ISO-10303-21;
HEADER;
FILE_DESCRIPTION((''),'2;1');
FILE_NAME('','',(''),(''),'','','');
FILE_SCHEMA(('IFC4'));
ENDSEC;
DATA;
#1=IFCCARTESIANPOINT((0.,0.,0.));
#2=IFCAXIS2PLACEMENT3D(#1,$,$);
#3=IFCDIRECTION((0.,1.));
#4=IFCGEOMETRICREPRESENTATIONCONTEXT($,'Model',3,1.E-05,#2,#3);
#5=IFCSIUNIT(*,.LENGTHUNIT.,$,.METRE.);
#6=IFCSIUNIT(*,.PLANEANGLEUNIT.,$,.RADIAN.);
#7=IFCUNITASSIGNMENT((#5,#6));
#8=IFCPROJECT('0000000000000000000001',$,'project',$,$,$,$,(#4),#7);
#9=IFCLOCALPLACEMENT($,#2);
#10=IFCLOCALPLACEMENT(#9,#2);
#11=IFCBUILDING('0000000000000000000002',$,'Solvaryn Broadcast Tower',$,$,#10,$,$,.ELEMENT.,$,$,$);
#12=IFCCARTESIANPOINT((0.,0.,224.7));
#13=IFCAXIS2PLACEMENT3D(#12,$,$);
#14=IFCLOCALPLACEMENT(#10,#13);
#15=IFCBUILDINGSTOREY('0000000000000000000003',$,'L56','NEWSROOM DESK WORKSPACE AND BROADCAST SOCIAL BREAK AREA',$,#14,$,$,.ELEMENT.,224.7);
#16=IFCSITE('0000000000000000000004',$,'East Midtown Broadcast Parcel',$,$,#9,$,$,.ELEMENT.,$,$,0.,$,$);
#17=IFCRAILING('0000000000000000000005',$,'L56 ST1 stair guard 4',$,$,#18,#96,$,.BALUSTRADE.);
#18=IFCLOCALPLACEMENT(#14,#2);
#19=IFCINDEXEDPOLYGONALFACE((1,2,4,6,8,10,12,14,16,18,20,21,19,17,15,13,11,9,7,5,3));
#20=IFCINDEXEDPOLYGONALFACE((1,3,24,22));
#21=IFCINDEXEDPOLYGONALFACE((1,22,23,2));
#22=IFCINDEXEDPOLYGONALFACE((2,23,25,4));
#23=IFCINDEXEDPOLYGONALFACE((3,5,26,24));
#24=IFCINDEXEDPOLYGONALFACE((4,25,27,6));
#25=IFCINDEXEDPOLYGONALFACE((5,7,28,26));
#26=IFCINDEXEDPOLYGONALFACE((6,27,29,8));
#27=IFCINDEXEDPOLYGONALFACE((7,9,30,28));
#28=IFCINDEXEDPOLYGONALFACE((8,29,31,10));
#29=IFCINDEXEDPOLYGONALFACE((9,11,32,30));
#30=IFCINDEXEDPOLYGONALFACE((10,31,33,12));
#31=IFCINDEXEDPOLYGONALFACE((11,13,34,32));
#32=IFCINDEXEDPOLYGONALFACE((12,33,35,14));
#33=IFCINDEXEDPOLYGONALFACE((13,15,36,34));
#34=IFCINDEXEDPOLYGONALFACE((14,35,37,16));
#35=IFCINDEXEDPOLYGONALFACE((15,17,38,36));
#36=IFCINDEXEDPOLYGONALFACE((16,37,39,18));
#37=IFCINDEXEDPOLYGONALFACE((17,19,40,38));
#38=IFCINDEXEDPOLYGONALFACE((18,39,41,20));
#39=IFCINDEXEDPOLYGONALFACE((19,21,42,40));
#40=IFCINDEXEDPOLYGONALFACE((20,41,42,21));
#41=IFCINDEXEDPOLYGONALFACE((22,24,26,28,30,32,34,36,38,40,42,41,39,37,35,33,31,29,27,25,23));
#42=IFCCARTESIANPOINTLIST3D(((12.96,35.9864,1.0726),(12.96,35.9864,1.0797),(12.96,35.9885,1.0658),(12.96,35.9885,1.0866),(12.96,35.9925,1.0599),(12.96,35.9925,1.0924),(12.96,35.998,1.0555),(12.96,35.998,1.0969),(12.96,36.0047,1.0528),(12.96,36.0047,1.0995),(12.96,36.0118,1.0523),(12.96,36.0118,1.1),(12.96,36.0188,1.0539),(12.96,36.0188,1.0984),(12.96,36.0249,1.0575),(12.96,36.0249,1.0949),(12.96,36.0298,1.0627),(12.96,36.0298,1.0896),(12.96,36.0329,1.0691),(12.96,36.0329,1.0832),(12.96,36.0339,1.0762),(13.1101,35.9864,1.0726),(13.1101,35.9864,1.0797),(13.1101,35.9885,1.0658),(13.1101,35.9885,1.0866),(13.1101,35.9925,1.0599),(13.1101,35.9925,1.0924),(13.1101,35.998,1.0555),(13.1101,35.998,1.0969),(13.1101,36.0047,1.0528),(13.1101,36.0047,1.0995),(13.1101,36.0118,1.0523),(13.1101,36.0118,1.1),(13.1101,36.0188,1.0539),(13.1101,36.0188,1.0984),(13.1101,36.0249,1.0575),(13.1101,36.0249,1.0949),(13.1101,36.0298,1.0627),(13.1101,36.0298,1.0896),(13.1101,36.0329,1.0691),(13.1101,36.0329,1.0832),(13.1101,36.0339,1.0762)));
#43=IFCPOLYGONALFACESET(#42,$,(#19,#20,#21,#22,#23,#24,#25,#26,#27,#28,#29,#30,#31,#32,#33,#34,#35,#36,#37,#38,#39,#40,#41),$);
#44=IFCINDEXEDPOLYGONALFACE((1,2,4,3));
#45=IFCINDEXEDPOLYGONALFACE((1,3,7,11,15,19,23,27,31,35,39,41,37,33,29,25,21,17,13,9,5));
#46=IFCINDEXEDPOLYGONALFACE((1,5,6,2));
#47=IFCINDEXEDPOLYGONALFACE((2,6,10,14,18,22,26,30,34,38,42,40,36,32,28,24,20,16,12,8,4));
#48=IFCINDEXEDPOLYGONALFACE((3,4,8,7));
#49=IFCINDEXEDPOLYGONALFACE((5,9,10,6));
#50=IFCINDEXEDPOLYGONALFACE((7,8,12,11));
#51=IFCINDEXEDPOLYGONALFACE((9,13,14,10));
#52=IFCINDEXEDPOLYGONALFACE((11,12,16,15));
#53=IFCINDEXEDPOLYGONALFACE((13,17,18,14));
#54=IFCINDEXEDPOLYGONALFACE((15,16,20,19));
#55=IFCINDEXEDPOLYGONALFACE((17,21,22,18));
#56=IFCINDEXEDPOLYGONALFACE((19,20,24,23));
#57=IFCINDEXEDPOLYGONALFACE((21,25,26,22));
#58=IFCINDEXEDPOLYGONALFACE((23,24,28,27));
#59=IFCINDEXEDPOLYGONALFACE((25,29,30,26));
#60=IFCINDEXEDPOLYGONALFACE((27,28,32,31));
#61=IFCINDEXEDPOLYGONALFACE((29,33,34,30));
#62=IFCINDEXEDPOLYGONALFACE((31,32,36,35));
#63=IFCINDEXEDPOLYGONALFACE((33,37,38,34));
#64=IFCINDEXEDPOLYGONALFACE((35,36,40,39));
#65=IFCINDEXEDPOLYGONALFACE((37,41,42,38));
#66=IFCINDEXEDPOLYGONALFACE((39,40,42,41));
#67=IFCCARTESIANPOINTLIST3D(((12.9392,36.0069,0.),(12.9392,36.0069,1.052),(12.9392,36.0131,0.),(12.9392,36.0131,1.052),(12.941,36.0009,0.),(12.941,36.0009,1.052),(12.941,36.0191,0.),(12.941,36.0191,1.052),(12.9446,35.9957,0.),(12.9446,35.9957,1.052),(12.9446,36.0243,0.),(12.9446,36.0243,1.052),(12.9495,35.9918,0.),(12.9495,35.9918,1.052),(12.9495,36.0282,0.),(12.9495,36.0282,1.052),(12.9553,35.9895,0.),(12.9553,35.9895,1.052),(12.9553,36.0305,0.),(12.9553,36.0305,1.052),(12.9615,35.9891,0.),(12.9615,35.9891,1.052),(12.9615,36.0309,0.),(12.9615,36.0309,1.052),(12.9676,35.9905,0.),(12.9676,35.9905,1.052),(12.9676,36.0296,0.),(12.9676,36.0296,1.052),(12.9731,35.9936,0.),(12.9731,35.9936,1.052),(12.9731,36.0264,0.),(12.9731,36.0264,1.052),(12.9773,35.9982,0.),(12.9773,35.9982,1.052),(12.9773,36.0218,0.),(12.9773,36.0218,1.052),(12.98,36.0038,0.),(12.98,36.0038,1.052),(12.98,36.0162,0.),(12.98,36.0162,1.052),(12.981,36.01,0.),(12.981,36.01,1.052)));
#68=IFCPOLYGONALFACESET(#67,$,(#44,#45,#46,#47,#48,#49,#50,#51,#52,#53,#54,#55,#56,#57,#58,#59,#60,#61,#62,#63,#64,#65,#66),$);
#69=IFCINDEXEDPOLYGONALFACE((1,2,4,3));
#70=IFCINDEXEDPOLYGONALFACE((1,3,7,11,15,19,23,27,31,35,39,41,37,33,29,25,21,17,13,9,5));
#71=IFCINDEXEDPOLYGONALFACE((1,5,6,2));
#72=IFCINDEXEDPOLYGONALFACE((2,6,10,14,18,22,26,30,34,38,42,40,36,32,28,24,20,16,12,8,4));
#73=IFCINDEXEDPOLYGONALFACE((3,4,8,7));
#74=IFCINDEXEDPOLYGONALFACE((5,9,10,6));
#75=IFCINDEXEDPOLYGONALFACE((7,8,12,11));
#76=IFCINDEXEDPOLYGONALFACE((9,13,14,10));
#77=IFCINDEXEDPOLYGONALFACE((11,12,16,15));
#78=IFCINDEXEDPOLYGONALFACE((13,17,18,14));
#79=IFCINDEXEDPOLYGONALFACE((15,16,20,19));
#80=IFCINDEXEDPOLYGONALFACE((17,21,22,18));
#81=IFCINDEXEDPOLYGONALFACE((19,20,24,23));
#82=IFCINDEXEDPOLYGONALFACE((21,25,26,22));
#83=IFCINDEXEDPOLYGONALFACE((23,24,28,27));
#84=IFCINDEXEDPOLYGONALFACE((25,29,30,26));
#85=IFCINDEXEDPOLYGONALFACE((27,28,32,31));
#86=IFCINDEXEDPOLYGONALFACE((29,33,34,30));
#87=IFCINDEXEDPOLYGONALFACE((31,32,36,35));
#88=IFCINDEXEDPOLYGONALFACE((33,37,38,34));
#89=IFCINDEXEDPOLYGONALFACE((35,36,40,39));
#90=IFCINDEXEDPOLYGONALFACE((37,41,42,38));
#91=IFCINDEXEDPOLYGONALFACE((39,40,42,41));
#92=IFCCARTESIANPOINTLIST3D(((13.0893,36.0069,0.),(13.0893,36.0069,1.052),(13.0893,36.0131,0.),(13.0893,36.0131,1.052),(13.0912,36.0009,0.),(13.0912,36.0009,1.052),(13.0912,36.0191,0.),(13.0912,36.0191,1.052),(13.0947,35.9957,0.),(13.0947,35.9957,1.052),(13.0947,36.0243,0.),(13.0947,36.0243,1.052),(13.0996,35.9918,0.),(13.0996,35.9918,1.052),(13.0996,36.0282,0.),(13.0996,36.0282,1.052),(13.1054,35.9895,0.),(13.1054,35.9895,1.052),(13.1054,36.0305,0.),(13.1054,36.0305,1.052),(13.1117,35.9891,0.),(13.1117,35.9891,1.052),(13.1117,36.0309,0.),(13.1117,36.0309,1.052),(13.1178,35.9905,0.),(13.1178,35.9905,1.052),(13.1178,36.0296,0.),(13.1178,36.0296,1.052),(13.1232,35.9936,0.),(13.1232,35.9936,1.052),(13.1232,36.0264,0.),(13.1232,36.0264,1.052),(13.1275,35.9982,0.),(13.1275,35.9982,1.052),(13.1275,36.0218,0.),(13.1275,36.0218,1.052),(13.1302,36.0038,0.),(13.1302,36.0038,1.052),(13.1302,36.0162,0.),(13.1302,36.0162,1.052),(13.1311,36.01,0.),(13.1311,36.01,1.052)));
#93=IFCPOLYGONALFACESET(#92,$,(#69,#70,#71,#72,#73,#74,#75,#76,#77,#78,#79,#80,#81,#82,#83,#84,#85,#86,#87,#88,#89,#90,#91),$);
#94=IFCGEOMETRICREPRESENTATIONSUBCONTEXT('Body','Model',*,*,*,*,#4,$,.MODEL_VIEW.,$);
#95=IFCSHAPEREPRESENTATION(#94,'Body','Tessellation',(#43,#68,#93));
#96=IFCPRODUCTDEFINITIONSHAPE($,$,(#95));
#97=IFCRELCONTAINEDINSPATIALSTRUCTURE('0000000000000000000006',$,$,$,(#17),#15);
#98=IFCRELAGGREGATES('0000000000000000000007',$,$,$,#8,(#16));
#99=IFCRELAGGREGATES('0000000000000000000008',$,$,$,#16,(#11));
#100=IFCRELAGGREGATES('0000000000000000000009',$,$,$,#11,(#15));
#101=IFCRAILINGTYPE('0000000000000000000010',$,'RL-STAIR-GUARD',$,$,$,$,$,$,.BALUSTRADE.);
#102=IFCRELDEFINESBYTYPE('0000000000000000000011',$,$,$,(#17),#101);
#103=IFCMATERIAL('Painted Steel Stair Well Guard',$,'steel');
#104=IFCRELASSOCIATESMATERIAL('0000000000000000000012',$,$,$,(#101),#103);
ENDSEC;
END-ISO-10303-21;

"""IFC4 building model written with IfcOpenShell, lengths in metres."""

from ifc_helpers import new_model, si_unit, direction, frame, origin, origin_2d, place, context, subcontext, project, spatial, circle, extrude, material, type_object, element, save


model = new_model("IFC4")

# Units and contexts
model_context = context("Model", 3, precision=1e-05, world=origin(), true_north=direction((0.0, 1.0)))
body_context = subcontext(model_context, "Body", "Model", "MODEL_VIEW")
ifc_project = project(units=[si_unit("LENGTHUNIT", "METRE"), si_unit("PLANEANGLEUNIT", "RADIAN")], contexts=[model_context])

# Site, building, storey
site_placement = place(None, origin())
site = spatial("IfcSite", under=ifc_project, at=site_placement, Name="East Midtown Broadcast Parcel", CompositionType="ELEMENT", RefElevation=0.0)
building_placement = place(site_placement, origin())
building = spatial("IfcBuilding", under=site, at=building_placement, Name="Solvaryn Broadcast Tower", CompositionType="ELEMENT")
storey_placement = place(building_placement, frame((0.0, 0.0, 224.7)))
storey = spatial("IfcBuildingStorey", under=building, at=storey_placement, Name="L56", Description="NEWSROOM DESK WORKSPACE AND BROADCAST SOCIAL BREAK AREA", CompositionType="ELEMENT", Elevation=224.7)

# Railing
ifc_material_1 = material(Name="Painted Steel Stair Well Guard", Category="steel")
railing_type_1 = type_object("IfcRailingType", Name="RL-STAIR-GUARD", PredefinedType="BALUSTRADE", material=ifc_material_1)
railing_1_placement = place(storey_placement, frame((12.96, 36.01, 0.0)))
element("IfcRailing", 1, at=railing_1_placement, inside=storey, type_object=railing_type_1, Name="L56 ST1 stair guard 4", PredefinedType="BALUSTRADE", context=body_context, shape_type="SweptSolid", body=[
    extrude(circle(Radius=0.0239, at=origin_2d()), frame((0.0, 0.0, 1.0762), z_axis=(1.0, 0.0, 0.0), x_axis=(0.0, 1.0, 0.0)), (0.0, 0.0, 1.0), 0.1501),
    extrude(circle(Radius=0.021, at=origin_2d()), origin(), (0.0, 0.0, 1.0), 1.052),
    extrude(circle(Radius=0.021, at=origin_2d()), frame((0.1501, 0.0, 0.0)), (0.0, 0.0, 1.0), 1.052),
])

save(model, "model.ifc")
